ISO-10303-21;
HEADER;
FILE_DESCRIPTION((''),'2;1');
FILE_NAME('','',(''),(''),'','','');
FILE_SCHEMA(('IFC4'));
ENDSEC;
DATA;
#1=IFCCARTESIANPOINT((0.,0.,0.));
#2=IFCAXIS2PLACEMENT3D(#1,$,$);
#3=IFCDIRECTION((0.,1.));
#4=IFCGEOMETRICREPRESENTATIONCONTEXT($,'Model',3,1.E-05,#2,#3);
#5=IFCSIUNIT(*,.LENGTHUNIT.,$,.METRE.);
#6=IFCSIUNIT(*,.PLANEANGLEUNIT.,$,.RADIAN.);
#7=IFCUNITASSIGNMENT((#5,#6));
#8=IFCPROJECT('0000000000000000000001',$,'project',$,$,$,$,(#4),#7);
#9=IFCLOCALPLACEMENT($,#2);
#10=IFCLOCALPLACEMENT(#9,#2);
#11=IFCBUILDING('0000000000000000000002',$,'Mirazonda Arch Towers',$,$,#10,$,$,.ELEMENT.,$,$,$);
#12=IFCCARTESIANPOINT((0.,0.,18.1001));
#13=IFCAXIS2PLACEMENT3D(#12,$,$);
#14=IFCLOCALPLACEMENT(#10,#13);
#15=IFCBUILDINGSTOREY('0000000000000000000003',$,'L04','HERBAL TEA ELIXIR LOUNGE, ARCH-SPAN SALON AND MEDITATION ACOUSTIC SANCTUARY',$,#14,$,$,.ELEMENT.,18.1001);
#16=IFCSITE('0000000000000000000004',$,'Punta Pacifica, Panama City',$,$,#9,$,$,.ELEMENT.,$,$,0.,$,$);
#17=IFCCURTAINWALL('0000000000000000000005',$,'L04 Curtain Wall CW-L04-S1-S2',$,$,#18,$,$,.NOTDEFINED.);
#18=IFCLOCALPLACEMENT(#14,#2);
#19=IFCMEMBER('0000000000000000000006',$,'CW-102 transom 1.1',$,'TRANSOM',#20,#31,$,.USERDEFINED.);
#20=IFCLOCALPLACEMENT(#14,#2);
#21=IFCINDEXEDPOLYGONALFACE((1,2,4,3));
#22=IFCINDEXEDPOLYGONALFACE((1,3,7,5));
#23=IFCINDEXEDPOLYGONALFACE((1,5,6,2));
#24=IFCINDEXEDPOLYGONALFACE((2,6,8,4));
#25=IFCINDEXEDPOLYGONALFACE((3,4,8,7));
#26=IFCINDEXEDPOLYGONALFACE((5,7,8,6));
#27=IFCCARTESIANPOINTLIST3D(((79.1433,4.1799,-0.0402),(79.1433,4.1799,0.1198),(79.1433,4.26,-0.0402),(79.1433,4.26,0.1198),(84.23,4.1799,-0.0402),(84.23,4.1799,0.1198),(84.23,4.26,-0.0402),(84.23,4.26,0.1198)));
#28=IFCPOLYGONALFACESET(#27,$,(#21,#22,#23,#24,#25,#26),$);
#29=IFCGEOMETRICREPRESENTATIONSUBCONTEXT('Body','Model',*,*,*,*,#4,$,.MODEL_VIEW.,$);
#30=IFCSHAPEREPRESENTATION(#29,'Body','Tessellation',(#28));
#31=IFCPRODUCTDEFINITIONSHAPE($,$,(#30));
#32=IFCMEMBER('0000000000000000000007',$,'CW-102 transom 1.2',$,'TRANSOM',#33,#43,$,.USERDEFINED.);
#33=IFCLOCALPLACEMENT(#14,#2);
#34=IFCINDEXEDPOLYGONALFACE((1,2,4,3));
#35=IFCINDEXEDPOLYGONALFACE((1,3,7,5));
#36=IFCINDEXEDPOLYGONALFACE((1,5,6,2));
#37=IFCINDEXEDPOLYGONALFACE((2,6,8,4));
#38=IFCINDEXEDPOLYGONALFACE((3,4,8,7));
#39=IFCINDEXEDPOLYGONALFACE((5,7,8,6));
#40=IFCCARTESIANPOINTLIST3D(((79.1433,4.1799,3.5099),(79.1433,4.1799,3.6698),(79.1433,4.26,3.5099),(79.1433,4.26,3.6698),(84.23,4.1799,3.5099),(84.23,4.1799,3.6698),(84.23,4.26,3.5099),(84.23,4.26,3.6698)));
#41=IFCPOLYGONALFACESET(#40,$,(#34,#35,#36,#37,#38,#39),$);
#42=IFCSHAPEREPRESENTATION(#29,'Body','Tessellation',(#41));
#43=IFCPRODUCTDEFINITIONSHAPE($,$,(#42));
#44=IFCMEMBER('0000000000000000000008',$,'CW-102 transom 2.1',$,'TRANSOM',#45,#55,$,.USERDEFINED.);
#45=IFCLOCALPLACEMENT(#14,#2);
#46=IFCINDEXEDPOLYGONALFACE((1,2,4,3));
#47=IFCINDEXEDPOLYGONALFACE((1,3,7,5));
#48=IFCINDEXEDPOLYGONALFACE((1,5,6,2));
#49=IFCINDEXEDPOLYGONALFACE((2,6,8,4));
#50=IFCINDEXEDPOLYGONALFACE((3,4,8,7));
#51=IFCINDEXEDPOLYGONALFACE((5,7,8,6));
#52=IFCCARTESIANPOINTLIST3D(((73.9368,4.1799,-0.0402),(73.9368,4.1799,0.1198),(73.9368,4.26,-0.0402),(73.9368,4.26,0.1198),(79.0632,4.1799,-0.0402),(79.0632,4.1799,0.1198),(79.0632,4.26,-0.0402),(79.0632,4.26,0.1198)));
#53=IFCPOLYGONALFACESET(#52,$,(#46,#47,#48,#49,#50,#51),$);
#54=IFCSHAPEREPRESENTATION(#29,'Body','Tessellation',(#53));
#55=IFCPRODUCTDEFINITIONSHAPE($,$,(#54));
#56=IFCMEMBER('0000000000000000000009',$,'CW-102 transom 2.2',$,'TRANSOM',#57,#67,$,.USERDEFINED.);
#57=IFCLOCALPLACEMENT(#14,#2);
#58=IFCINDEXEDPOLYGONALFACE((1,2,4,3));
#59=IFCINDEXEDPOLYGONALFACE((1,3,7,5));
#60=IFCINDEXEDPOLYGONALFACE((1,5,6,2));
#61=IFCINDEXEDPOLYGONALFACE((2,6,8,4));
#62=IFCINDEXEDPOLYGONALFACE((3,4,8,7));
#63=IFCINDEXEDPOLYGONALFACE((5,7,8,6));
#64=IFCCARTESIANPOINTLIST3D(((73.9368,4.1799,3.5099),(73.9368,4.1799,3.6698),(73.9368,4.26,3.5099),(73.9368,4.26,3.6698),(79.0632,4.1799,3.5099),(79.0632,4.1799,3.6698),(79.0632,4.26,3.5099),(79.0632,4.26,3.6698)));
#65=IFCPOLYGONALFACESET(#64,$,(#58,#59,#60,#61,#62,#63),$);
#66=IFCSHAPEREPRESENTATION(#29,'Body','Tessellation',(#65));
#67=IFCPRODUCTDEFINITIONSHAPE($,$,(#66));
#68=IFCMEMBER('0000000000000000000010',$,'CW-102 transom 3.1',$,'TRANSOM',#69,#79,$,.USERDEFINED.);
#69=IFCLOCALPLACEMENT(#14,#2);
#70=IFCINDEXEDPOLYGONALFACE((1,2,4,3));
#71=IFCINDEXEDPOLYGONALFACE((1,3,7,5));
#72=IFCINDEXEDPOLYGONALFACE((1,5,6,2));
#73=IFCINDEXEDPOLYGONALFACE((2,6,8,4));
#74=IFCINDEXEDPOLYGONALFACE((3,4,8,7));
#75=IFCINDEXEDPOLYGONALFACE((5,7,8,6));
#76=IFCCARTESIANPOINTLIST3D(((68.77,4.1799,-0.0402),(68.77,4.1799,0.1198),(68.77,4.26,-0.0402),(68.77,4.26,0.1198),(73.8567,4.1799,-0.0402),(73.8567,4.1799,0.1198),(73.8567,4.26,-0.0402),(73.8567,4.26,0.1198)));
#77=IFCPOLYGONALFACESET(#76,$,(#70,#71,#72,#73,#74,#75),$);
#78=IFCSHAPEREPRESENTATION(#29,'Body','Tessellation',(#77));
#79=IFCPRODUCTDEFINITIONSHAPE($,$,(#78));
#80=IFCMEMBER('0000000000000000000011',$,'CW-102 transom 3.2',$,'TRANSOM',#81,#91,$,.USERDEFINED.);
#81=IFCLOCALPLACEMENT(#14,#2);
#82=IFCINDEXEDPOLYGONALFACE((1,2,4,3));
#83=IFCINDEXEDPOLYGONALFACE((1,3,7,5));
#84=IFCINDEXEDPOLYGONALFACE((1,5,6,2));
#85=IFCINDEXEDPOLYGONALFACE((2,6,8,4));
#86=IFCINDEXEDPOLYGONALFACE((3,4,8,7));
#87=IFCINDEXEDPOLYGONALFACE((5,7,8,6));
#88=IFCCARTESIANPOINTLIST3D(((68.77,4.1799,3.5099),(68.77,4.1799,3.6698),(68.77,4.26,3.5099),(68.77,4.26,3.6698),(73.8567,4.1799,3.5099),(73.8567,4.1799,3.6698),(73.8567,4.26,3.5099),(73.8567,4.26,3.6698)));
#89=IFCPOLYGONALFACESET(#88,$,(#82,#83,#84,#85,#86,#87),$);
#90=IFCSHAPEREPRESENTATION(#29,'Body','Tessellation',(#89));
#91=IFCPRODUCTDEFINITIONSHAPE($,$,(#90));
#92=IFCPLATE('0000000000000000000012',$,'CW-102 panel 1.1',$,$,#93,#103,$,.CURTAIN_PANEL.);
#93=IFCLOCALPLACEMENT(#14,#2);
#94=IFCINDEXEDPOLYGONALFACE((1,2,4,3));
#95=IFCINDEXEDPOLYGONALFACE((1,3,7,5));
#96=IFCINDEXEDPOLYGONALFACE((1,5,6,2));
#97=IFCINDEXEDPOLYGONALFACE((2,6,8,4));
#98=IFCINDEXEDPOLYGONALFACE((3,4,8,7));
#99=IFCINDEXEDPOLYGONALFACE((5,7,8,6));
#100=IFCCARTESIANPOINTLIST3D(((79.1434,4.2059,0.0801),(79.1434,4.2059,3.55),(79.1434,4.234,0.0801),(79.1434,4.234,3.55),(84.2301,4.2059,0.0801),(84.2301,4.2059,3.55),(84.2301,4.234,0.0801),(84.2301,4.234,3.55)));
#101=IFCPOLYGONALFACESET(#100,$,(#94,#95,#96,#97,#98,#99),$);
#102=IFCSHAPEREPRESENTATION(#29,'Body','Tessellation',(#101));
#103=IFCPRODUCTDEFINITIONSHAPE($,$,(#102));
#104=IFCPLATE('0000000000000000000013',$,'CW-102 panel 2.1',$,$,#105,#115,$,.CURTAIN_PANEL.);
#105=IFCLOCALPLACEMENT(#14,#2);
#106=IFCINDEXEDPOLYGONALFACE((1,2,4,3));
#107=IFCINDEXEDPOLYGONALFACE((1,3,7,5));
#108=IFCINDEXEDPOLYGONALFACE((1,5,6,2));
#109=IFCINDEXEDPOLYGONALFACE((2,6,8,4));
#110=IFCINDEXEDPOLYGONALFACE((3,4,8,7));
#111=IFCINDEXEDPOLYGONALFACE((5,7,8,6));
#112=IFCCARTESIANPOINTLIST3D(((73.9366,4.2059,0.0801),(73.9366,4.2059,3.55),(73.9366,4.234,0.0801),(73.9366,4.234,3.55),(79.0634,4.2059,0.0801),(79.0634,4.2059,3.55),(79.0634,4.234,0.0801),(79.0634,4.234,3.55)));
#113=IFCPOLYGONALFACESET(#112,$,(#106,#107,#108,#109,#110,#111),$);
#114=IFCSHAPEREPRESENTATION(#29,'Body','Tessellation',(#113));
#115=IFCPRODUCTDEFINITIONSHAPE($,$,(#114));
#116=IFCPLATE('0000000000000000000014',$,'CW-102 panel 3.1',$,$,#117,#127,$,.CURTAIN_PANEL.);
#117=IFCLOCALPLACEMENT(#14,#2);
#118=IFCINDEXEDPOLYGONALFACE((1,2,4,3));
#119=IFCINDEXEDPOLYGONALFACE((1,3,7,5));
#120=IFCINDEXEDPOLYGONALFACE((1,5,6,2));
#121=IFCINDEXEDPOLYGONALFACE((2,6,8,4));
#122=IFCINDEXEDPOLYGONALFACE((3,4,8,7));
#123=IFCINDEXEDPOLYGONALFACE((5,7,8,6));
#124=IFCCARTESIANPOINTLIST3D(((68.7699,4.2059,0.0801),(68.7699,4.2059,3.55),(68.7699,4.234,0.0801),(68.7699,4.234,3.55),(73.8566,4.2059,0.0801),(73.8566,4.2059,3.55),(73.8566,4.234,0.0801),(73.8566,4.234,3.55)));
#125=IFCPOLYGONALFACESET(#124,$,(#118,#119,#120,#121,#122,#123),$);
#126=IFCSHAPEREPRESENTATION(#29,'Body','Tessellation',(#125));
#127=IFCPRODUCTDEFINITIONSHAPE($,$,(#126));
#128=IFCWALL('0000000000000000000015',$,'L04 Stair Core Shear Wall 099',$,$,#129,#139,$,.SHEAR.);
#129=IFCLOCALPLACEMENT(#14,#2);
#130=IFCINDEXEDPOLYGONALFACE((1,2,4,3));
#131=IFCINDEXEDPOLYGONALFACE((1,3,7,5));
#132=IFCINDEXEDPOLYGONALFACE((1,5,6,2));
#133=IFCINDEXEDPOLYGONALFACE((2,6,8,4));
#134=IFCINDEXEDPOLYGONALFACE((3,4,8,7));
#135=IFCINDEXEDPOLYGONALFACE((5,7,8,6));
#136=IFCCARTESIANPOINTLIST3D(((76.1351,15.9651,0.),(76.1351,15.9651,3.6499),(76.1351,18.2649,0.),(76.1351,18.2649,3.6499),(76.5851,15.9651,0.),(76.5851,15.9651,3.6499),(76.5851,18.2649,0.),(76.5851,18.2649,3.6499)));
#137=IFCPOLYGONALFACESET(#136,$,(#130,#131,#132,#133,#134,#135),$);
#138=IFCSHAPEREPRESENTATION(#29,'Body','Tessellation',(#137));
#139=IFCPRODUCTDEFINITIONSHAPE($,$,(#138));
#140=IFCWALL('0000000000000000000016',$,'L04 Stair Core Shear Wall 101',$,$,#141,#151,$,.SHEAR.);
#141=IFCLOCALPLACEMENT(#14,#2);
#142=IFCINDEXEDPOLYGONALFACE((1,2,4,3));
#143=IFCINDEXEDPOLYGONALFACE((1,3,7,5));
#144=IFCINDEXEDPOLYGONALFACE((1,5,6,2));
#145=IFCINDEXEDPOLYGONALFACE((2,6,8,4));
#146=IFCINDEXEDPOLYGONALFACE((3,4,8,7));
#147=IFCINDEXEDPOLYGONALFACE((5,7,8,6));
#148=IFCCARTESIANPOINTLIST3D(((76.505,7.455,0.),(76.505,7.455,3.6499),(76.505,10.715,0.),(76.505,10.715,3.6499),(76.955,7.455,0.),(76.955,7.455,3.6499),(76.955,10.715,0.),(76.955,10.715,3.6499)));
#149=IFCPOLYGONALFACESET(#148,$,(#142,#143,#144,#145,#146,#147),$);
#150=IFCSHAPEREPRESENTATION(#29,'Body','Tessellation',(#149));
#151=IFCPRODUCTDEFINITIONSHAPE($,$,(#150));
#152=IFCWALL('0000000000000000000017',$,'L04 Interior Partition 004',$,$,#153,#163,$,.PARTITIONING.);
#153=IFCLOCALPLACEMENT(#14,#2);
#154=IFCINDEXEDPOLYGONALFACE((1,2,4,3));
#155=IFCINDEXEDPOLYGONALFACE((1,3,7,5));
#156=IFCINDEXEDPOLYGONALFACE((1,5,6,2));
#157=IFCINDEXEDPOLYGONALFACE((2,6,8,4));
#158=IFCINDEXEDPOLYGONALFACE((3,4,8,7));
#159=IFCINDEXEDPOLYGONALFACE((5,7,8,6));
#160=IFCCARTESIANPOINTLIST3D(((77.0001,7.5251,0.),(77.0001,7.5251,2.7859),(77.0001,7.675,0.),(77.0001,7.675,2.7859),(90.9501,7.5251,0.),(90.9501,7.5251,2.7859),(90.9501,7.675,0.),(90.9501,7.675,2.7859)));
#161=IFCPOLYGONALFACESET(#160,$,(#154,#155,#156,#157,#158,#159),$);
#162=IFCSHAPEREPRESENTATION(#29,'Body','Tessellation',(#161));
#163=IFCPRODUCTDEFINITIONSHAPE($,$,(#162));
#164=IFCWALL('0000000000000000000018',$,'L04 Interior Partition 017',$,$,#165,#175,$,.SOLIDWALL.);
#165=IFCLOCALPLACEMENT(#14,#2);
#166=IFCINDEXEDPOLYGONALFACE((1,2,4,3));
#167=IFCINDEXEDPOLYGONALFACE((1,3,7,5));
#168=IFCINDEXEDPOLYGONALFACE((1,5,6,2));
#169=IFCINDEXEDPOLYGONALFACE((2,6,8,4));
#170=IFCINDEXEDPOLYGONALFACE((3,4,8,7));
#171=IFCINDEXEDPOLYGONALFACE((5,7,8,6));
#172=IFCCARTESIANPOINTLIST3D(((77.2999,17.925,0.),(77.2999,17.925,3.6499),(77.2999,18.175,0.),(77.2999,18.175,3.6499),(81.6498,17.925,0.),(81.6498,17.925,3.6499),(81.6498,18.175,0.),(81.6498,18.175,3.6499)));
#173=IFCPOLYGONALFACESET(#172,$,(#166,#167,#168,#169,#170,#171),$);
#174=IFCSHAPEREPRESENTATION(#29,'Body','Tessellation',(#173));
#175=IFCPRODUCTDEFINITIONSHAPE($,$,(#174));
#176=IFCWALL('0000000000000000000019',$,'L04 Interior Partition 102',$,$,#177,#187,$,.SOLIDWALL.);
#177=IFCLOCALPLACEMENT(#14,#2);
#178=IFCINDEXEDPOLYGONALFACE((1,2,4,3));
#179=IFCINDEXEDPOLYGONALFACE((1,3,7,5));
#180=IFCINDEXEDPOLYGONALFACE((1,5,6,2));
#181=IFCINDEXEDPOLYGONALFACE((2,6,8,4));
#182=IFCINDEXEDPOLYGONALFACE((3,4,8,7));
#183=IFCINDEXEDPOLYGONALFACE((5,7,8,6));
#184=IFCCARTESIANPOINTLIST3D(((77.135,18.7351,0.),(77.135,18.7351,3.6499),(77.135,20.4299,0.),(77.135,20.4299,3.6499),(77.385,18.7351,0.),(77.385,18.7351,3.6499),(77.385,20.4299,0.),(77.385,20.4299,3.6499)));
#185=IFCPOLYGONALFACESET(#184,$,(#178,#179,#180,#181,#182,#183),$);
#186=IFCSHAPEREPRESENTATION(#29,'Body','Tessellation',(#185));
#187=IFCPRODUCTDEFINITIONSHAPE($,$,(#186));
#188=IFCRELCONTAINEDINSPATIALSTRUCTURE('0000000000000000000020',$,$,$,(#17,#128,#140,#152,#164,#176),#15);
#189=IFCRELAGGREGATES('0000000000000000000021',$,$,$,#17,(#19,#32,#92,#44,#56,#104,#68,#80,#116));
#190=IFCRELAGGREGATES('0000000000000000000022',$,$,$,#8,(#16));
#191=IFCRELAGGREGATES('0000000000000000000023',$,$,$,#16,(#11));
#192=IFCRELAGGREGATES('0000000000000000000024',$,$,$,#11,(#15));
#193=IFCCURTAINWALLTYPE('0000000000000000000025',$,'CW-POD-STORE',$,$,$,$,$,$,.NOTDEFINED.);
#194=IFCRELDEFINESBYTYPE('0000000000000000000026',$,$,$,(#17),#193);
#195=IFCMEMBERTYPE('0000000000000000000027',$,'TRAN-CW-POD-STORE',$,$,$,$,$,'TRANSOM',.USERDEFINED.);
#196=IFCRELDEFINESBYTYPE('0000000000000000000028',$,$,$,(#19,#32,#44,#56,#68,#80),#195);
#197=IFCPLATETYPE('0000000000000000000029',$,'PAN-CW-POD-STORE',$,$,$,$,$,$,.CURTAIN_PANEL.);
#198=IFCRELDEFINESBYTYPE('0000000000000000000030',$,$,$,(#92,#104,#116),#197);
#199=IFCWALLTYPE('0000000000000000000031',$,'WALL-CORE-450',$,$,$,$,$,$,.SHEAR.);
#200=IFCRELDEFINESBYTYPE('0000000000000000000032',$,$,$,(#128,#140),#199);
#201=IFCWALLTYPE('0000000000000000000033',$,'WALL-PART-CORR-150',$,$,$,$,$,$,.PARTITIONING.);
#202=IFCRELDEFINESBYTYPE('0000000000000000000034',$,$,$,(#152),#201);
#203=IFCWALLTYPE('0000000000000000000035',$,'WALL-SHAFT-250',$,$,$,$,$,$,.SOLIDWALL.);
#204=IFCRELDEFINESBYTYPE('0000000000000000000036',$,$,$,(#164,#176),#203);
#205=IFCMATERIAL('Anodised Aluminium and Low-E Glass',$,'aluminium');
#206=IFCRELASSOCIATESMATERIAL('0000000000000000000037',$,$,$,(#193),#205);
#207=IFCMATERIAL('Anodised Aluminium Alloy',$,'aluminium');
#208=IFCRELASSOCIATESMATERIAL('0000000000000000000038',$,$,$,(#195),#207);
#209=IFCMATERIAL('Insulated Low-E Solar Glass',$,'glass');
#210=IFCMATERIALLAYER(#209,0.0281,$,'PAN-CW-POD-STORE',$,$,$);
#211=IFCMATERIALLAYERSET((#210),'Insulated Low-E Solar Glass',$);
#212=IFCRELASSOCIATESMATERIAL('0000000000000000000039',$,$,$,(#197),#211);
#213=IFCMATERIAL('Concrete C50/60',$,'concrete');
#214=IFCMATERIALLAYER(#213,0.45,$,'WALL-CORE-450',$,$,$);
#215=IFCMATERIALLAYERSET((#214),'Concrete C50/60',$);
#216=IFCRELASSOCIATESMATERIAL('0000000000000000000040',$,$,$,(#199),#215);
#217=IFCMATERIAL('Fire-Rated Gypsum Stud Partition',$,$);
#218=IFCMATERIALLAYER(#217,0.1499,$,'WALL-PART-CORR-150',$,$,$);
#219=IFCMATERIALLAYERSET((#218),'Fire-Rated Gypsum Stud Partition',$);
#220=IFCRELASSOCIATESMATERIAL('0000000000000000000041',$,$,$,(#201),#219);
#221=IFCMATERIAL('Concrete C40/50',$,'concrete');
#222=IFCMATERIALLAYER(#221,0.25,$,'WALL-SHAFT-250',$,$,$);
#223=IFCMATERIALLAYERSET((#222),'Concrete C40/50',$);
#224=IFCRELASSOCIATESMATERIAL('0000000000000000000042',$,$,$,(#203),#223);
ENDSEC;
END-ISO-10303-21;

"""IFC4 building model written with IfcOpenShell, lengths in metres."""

from ifc_helpers import new_model, si_unit, direction, frame, frame_2d, origin, origin_2d, place, context, subcontext, project, spatial, rectangle, extrude, material, layer, layer_set, material_profile, profile_set, type_object, element, aggregate, save


model = new_model("IFC4")

# Units and contexts
model_context = context("Model", 3, precision=1e-05, world=origin(), true_north=direction((0.0, 1.0)))
body_context = subcontext(model_context, "Body", "Model", "MODEL_VIEW")
ifc_project = project(units=[si_unit("LENGTHUNIT", "METRE"), si_unit("PLANEANGLEUNIT", "RADIAN")], contexts=[model_context])

# Site, building, storey
site_placement = place(None, origin())
site = spatial("IfcSite", under=ifc_project, at=site_placement, Name="Punta Pacifica, Panama City", CompositionType="ELEMENT", RefElevation=0.0)
building_placement = place(site_placement, origin())
building = spatial("IfcBuilding", under=site, at=building_placement, Name="Mirazonda Arch Towers", CompositionType="ELEMENT")
storey_placement = place(building_placement, frame((0.0, 0.0, 18.1001)))
storey = spatial("IfcBuildingStorey", under=building, at=storey_placement, Name="L04", Description="HERBAL TEA ELIXIR LOUNGE, ARCH-SPAN SALON AND MEDITATION ACOUSTIC SANCTUARY", CompositionType="ELEMENT", Elevation=18.1001)

# Shared definitions
ifc_material_1 = material(Name="Concrete C50/60", Category="concrete")

# Curtain wall, members, plates
ifc_material_2 = material(Name="Anodised Aluminium and Low-E Glass", Category="aluminium")
curtain_wall_type = type_object("IfcCurtainWallType", Name="CW-POD-STORE", PredefinedType="NOTDEFINED", material=ifc_material_2)
curtain_wall_placement = place(storey_placement, origin())
curtain_wall = element("IfcCurtainWall", 1, at=curtain_wall_placement, inside=storey, type_object=curtain_wall_type, Name="L04 Curtain Wall CW-L04-S1-S2", PredefinedType="NOTDEFINED")
ifc_material_3 = material(Name="Anodised Aluminium Alloy", Category="aluminium")
ifc_material_profile_1 = material_profile(ifc_material_3, rectangle(XDim=0.0801, YDim=0.1599, at=origin_2d()), Name="ALU-TRAN-80x160")
ifc_profile_set_1 = profile_set([ifc_material_profile_1], Name="Anodised Aluminium Alloy")
member_type_1 = type_object("IfcMemberType", Name="TRAN-CW-POD-STORE", ElementType="TRANSOM", PredefinedType="USERDEFINED", material=ifc_profile_set_1)
member_1_placement = place(storey_placement, frame((84.23, 4.22, 0.0398), z_axis=(-1.0, 0.0, 0.0), x_axis=(0.0, -1.0, 0.0)))
member_1 = element("IfcMember", 2, at=member_1_placement, type_object=member_type_1, Name="CW-102 transom 1.1", ObjectType="TRANSOM", PredefinedType="USERDEFINED", context=body_context, shape_type="SweptSolid", body=[
    extrude(rectangle(XDim=0.0801, YDim=0.1599, at=origin_2d()), origin(), (0.0, 0.0, 1.0), 5.0867),
])
member_2_placement = place(storey_placement, frame((84.23, 4.22, 3.5898), z_axis=(-1.0, 0.0, 0.0), x_axis=(0.0, -1.0, 0.0)))
member_2 = element("IfcMember", 3, at=member_2_placement, type_object=member_type_1, Name="CW-102 transom 1.2", ObjectType="TRANSOM", PredefinedType="USERDEFINED", context=body_context, shape_type="SweptSolid", body=[
    extrude(rectangle(XDim=0.0801, YDim=0.1599, at=origin_2d()), origin(), (0.0, 0.0, 1.0), 5.0867),
])
member_3_placement = place(storey_placement, frame((79.0632, 4.22, 0.0398), z_axis=(-1.0, 0.0, 0.0), x_axis=(0.0, -1.0, 0.0)))
member_3 = element("IfcMember", 4, at=member_3_placement, type_object=member_type_1, Name="CW-102 transom 2.1", ObjectType="TRANSOM", PredefinedType="USERDEFINED", context=body_context, shape_type="SweptSolid", body=[
    extrude(rectangle(XDim=0.0801, YDim=0.1599, at=origin_2d()), origin(), (0.0, 0.0, 1.0), 5.1265),
])
member_4_placement = place(storey_placement, frame((79.0632, 4.22, 3.5898), z_axis=(-1.0, 0.0, 0.0), x_axis=(0.0, -1.0, 0.0)))
member_4 = element("IfcMember", 5, at=member_4_placement, type_object=member_type_1, Name="CW-102 transom 2.2", ObjectType="TRANSOM", PredefinedType="USERDEFINED", context=body_context, shape_type="SweptSolid", body=[
    extrude(rectangle(XDim=0.0801, YDim=0.1599, at=origin_2d()), origin(), (0.0, 0.0, 1.0), 5.1265),
])
member_5_placement = place(storey_placement, frame((73.8567, 4.22, 0.0398), z_axis=(-1.0, 0.0, 0.0), x_axis=(0.0, -1.0, 0.0)))
member_5 = element("IfcMember", 6, at=member_5_placement, type_object=member_type_1, Name="CW-102 transom 3.1", ObjectType="TRANSOM", PredefinedType="USERDEFINED", context=body_context, shape_type="SweptSolid", body=[
    extrude(rectangle(XDim=0.0801, YDim=0.1599, at=origin_2d()), origin(), (0.0, 0.0, 1.0), 5.0867),
])
member_6_placement = place(storey_placement, frame((73.8567, 4.22, 3.5898), z_axis=(-1.0, 0.0, 0.0), x_axis=(0.0, -1.0, 0.0)))
member_6 = element("IfcMember", 7, at=member_6_placement, type_object=member_type_1, Name="CW-102 transom 3.2", ObjectType="TRANSOM", PredefinedType="USERDEFINED", context=body_context, shape_type="SweptSolid", body=[
    extrude(rectangle(XDim=0.0801, YDim=0.1599, at=origin_2d()), origin(), (0.0, 0.0, 1.0), 5.0867),
])
ifc_material_4 = material(Name="Insulated Low-E Solar Glass", Category="glass")
ifc_layer_1 = layer(ifc_material_4, 0.0281, Name="PAN-CW-POD-STORE")
ifc_layer_set_1 = layer_set([ifc_layer_1], Name="Insulated Low-E Solar Glass")
plate_type = type_object("IfcPlateType", Name="PAN-CW-POD-STORE", PredefinedType="CURTAIN_PANEL", material=ifc_layer_set_1)
plate_1_placement = place(storey_placement, frame((81.6868, 4.22, 0.0801), z_axis=(0.0, 0.0, 1.0), x_axis=(-1.0, 0.0, 0.0)))
plate_1 = element("IfcPlate", 8, at=plate_1_placement, type_object=plate_type, Name="CW-102 panel 1.1", PredefinedType="CURTAIN_PANEL", context=body_context, shape_type="SweptSolid", body=[
    extrude(rectangle(XDim=5.0867, YDim=0.0281, at=origin_2d()), origin(), (0.0, 0.0, 1.0), 3.47),
])
plate_2_placement = place(storey_placement, frame((76.5, 4.22, 0.0801), z_axis=(0.0, 0.0, 1.0), x_axis=(-1.0, 0.0, 0.0)))
plate_2 = element("IfcPlate", 9, at=plate_2_placement, type_object=plate_type, Name="CW-102 panel 2.1", PredefinedType="CURTAIN_PANEL", context=body_context, shape_type="SweptSolid", body=[
    extrude(rectangle(XDim=5.1267, YDim=0.0281, at=origin_2d()), origin(), (0.0, 0.0, 1.0), 3.47),
])
plate_3_placement = place(storey_placement, frame((71.3132, 4.22, 0.0801), z_axis=(0.0, 0.0, 1.0), x_axis=(-1.0, 0.0, 0.0)))
plate_3 = element("IfcPlate", 10, at=plate_3_placement, type_object=plate_type, Name="CW-102 panel 3.1", PredefinedType="CURTAIN_PANEL", context=body_context, shape_type="SweptSolid", body=[
    extrude(rectangle(XDim=5.0867, YDim=0.0281, at=origin_2d()), origin(), (0.0, 0.0, 1.0), 3.47),
])
aggregate(curtain_wall, [member_1, member_2, plate_1, member_3, member_4, plate_2, member_5, member_6, plate_3])

# Walls
ifc_layer_2 = layer(ifc_material_1, 0.45, Name="WALL-CORE-450")
ifc_layer_set_2 = layer_set([ifc_layer_2], Name="Concrete C50/60")
wall_type_1 = type_object("IfcWallType", Name="WALL-CORE-450", PredefinedType="SHEAR", material=ifc_layer_set_2)
wall_1_placement = place(storey_placement, frame((76.3601, 15.9651, 0.0), z_axis=(0.0, 0.0, 1.0), x_axis=(0.0, 1.0, 0.0)))
element("IfcWall", 11, at=wall_1_placement, inside=storey, type_object=wall_type_1, Name="L04 Stair Core Shear Wall 099", PredefinedType="SHEAR", context=body_context, shape_type="SweptSolid", body=[
    extrude(rectangle(XDim=2.2998, YDim=0.45, at=frame_2d((1.1499, 0.0))), origin(), (0.0, 0.0, 1.0), 3.6499),
])
wall_2_placement = place(storey_placement, frame((76.73, 7.4551, 0.0), z_axis=(0.0, 0.0, 1.0), x_axis=(0.0, 1.0, 0.0)))
element("IfcWall", 12, at=wall_2_placement, inside=storey, type_object=wall_type_1, Name="L04 Stair Core Shear Wall 101", PredefinedType="SHEAR", context=body_context, shape_type="SweptSolid", body=[
    extrude(rectangle(XDim=3.26, YDim=0.45, at=frame_2d((1.6299, 0.0))), origin(), (0.0, 0.0, 1.0), 3.6499),
])
ifc_material_5 = material(Name="Fire-Rated Gypsum Stud Partition")
ifc_layer_3 = layer(ifc_material_5, 0.1499, Name="WALL-PART-CORR-150")
ifc_layer_set_3 = layer_set([ifc_layer_3], Name="Fire-Rated Gypsum Stud Partition")
wall_type_2 = type_object("IfcWallType", Name="WALL-PART-CORR-150", PredefinedType="PARTITIONING", material=ifc_layer_set_3)
wall_3_placement = place(storey_placement, frame((77.0, 7.6001, 0.0), z_axis=(0.0, 0.0, 1.0), x_axis=(1.0, 0.0, 0.0)))
element("IfcWall", 13, at=wall_3_placement, inside=storey, type_object=wall_type_2, Name="L04 Interior Partition 004", PredefinedType="PARTITIONING", context=body_context, shape_type="SweptSolid", body=[
    extrude(rectangle(XDim=13.95, YDim=0.1499, at=frame_2d((6.9751, 0.0))), origin(), (0.0, 0.0, 1.0), 2.7859),
])
ifc_material_6 = material(Name="Concrete C40/50", Category="concrete")
ifc_layer_4 = layer(ifc_material_6, 0.25, Name="WALL-SHAFT-250")
ifc_layer_set_4 = layer_set([ifc_layer_4], Name="Concrete C40/50")
wall_type_3 = type_object("IfcWallType", Name="WALL-SHAFT-250", PredefinedType="SOLIDWALL", material=ifc_layer_set_4)
wall_4_placement = place(storey_placement, frame((77.3, 18.05, 0.0), z_axis=(0.0, 0.0, 1.0), x_axis=(1.0, 0.0, 0.0)))
element("IfcWall", 14, at=wall_4_placement, inside=storey, type_object=wall_type_3, Name="L04 Interior Partition 017", PredefinedType="SOLIDWALL", context=body_context, shape_type="SweptSolid", body=[
    extrude(rectangle(XDim=4.3499, YDim=0.25, at=frame_2d((2.1748, 0.0))), origin(), (0.0, 0.0, 1.0), 3.6499),
])
wall_5_placement = place(storey_placement, frame((77.26, 18.7351, 0.0), z_axis=(0.0, 0.0, 1.0), x_axis=(0.0, 1.0, 0.0)))
element("IfcWall", 15, at=wall_5_placement, inside=storey, type_object=wall_type_3, Name="L04 Interior Partition 102", PredefinedType="SOLIDWALL", context=body_context, shape_type="SweptSolid", body=[
    extrude(rectangle(XDim=1.6948, YDim=0.25, at=frame_2d((0.8474, 0.0))), origin(), (0.0, 0.0, 1.0), 3.6499),
])

save(model, "model.ifc")
